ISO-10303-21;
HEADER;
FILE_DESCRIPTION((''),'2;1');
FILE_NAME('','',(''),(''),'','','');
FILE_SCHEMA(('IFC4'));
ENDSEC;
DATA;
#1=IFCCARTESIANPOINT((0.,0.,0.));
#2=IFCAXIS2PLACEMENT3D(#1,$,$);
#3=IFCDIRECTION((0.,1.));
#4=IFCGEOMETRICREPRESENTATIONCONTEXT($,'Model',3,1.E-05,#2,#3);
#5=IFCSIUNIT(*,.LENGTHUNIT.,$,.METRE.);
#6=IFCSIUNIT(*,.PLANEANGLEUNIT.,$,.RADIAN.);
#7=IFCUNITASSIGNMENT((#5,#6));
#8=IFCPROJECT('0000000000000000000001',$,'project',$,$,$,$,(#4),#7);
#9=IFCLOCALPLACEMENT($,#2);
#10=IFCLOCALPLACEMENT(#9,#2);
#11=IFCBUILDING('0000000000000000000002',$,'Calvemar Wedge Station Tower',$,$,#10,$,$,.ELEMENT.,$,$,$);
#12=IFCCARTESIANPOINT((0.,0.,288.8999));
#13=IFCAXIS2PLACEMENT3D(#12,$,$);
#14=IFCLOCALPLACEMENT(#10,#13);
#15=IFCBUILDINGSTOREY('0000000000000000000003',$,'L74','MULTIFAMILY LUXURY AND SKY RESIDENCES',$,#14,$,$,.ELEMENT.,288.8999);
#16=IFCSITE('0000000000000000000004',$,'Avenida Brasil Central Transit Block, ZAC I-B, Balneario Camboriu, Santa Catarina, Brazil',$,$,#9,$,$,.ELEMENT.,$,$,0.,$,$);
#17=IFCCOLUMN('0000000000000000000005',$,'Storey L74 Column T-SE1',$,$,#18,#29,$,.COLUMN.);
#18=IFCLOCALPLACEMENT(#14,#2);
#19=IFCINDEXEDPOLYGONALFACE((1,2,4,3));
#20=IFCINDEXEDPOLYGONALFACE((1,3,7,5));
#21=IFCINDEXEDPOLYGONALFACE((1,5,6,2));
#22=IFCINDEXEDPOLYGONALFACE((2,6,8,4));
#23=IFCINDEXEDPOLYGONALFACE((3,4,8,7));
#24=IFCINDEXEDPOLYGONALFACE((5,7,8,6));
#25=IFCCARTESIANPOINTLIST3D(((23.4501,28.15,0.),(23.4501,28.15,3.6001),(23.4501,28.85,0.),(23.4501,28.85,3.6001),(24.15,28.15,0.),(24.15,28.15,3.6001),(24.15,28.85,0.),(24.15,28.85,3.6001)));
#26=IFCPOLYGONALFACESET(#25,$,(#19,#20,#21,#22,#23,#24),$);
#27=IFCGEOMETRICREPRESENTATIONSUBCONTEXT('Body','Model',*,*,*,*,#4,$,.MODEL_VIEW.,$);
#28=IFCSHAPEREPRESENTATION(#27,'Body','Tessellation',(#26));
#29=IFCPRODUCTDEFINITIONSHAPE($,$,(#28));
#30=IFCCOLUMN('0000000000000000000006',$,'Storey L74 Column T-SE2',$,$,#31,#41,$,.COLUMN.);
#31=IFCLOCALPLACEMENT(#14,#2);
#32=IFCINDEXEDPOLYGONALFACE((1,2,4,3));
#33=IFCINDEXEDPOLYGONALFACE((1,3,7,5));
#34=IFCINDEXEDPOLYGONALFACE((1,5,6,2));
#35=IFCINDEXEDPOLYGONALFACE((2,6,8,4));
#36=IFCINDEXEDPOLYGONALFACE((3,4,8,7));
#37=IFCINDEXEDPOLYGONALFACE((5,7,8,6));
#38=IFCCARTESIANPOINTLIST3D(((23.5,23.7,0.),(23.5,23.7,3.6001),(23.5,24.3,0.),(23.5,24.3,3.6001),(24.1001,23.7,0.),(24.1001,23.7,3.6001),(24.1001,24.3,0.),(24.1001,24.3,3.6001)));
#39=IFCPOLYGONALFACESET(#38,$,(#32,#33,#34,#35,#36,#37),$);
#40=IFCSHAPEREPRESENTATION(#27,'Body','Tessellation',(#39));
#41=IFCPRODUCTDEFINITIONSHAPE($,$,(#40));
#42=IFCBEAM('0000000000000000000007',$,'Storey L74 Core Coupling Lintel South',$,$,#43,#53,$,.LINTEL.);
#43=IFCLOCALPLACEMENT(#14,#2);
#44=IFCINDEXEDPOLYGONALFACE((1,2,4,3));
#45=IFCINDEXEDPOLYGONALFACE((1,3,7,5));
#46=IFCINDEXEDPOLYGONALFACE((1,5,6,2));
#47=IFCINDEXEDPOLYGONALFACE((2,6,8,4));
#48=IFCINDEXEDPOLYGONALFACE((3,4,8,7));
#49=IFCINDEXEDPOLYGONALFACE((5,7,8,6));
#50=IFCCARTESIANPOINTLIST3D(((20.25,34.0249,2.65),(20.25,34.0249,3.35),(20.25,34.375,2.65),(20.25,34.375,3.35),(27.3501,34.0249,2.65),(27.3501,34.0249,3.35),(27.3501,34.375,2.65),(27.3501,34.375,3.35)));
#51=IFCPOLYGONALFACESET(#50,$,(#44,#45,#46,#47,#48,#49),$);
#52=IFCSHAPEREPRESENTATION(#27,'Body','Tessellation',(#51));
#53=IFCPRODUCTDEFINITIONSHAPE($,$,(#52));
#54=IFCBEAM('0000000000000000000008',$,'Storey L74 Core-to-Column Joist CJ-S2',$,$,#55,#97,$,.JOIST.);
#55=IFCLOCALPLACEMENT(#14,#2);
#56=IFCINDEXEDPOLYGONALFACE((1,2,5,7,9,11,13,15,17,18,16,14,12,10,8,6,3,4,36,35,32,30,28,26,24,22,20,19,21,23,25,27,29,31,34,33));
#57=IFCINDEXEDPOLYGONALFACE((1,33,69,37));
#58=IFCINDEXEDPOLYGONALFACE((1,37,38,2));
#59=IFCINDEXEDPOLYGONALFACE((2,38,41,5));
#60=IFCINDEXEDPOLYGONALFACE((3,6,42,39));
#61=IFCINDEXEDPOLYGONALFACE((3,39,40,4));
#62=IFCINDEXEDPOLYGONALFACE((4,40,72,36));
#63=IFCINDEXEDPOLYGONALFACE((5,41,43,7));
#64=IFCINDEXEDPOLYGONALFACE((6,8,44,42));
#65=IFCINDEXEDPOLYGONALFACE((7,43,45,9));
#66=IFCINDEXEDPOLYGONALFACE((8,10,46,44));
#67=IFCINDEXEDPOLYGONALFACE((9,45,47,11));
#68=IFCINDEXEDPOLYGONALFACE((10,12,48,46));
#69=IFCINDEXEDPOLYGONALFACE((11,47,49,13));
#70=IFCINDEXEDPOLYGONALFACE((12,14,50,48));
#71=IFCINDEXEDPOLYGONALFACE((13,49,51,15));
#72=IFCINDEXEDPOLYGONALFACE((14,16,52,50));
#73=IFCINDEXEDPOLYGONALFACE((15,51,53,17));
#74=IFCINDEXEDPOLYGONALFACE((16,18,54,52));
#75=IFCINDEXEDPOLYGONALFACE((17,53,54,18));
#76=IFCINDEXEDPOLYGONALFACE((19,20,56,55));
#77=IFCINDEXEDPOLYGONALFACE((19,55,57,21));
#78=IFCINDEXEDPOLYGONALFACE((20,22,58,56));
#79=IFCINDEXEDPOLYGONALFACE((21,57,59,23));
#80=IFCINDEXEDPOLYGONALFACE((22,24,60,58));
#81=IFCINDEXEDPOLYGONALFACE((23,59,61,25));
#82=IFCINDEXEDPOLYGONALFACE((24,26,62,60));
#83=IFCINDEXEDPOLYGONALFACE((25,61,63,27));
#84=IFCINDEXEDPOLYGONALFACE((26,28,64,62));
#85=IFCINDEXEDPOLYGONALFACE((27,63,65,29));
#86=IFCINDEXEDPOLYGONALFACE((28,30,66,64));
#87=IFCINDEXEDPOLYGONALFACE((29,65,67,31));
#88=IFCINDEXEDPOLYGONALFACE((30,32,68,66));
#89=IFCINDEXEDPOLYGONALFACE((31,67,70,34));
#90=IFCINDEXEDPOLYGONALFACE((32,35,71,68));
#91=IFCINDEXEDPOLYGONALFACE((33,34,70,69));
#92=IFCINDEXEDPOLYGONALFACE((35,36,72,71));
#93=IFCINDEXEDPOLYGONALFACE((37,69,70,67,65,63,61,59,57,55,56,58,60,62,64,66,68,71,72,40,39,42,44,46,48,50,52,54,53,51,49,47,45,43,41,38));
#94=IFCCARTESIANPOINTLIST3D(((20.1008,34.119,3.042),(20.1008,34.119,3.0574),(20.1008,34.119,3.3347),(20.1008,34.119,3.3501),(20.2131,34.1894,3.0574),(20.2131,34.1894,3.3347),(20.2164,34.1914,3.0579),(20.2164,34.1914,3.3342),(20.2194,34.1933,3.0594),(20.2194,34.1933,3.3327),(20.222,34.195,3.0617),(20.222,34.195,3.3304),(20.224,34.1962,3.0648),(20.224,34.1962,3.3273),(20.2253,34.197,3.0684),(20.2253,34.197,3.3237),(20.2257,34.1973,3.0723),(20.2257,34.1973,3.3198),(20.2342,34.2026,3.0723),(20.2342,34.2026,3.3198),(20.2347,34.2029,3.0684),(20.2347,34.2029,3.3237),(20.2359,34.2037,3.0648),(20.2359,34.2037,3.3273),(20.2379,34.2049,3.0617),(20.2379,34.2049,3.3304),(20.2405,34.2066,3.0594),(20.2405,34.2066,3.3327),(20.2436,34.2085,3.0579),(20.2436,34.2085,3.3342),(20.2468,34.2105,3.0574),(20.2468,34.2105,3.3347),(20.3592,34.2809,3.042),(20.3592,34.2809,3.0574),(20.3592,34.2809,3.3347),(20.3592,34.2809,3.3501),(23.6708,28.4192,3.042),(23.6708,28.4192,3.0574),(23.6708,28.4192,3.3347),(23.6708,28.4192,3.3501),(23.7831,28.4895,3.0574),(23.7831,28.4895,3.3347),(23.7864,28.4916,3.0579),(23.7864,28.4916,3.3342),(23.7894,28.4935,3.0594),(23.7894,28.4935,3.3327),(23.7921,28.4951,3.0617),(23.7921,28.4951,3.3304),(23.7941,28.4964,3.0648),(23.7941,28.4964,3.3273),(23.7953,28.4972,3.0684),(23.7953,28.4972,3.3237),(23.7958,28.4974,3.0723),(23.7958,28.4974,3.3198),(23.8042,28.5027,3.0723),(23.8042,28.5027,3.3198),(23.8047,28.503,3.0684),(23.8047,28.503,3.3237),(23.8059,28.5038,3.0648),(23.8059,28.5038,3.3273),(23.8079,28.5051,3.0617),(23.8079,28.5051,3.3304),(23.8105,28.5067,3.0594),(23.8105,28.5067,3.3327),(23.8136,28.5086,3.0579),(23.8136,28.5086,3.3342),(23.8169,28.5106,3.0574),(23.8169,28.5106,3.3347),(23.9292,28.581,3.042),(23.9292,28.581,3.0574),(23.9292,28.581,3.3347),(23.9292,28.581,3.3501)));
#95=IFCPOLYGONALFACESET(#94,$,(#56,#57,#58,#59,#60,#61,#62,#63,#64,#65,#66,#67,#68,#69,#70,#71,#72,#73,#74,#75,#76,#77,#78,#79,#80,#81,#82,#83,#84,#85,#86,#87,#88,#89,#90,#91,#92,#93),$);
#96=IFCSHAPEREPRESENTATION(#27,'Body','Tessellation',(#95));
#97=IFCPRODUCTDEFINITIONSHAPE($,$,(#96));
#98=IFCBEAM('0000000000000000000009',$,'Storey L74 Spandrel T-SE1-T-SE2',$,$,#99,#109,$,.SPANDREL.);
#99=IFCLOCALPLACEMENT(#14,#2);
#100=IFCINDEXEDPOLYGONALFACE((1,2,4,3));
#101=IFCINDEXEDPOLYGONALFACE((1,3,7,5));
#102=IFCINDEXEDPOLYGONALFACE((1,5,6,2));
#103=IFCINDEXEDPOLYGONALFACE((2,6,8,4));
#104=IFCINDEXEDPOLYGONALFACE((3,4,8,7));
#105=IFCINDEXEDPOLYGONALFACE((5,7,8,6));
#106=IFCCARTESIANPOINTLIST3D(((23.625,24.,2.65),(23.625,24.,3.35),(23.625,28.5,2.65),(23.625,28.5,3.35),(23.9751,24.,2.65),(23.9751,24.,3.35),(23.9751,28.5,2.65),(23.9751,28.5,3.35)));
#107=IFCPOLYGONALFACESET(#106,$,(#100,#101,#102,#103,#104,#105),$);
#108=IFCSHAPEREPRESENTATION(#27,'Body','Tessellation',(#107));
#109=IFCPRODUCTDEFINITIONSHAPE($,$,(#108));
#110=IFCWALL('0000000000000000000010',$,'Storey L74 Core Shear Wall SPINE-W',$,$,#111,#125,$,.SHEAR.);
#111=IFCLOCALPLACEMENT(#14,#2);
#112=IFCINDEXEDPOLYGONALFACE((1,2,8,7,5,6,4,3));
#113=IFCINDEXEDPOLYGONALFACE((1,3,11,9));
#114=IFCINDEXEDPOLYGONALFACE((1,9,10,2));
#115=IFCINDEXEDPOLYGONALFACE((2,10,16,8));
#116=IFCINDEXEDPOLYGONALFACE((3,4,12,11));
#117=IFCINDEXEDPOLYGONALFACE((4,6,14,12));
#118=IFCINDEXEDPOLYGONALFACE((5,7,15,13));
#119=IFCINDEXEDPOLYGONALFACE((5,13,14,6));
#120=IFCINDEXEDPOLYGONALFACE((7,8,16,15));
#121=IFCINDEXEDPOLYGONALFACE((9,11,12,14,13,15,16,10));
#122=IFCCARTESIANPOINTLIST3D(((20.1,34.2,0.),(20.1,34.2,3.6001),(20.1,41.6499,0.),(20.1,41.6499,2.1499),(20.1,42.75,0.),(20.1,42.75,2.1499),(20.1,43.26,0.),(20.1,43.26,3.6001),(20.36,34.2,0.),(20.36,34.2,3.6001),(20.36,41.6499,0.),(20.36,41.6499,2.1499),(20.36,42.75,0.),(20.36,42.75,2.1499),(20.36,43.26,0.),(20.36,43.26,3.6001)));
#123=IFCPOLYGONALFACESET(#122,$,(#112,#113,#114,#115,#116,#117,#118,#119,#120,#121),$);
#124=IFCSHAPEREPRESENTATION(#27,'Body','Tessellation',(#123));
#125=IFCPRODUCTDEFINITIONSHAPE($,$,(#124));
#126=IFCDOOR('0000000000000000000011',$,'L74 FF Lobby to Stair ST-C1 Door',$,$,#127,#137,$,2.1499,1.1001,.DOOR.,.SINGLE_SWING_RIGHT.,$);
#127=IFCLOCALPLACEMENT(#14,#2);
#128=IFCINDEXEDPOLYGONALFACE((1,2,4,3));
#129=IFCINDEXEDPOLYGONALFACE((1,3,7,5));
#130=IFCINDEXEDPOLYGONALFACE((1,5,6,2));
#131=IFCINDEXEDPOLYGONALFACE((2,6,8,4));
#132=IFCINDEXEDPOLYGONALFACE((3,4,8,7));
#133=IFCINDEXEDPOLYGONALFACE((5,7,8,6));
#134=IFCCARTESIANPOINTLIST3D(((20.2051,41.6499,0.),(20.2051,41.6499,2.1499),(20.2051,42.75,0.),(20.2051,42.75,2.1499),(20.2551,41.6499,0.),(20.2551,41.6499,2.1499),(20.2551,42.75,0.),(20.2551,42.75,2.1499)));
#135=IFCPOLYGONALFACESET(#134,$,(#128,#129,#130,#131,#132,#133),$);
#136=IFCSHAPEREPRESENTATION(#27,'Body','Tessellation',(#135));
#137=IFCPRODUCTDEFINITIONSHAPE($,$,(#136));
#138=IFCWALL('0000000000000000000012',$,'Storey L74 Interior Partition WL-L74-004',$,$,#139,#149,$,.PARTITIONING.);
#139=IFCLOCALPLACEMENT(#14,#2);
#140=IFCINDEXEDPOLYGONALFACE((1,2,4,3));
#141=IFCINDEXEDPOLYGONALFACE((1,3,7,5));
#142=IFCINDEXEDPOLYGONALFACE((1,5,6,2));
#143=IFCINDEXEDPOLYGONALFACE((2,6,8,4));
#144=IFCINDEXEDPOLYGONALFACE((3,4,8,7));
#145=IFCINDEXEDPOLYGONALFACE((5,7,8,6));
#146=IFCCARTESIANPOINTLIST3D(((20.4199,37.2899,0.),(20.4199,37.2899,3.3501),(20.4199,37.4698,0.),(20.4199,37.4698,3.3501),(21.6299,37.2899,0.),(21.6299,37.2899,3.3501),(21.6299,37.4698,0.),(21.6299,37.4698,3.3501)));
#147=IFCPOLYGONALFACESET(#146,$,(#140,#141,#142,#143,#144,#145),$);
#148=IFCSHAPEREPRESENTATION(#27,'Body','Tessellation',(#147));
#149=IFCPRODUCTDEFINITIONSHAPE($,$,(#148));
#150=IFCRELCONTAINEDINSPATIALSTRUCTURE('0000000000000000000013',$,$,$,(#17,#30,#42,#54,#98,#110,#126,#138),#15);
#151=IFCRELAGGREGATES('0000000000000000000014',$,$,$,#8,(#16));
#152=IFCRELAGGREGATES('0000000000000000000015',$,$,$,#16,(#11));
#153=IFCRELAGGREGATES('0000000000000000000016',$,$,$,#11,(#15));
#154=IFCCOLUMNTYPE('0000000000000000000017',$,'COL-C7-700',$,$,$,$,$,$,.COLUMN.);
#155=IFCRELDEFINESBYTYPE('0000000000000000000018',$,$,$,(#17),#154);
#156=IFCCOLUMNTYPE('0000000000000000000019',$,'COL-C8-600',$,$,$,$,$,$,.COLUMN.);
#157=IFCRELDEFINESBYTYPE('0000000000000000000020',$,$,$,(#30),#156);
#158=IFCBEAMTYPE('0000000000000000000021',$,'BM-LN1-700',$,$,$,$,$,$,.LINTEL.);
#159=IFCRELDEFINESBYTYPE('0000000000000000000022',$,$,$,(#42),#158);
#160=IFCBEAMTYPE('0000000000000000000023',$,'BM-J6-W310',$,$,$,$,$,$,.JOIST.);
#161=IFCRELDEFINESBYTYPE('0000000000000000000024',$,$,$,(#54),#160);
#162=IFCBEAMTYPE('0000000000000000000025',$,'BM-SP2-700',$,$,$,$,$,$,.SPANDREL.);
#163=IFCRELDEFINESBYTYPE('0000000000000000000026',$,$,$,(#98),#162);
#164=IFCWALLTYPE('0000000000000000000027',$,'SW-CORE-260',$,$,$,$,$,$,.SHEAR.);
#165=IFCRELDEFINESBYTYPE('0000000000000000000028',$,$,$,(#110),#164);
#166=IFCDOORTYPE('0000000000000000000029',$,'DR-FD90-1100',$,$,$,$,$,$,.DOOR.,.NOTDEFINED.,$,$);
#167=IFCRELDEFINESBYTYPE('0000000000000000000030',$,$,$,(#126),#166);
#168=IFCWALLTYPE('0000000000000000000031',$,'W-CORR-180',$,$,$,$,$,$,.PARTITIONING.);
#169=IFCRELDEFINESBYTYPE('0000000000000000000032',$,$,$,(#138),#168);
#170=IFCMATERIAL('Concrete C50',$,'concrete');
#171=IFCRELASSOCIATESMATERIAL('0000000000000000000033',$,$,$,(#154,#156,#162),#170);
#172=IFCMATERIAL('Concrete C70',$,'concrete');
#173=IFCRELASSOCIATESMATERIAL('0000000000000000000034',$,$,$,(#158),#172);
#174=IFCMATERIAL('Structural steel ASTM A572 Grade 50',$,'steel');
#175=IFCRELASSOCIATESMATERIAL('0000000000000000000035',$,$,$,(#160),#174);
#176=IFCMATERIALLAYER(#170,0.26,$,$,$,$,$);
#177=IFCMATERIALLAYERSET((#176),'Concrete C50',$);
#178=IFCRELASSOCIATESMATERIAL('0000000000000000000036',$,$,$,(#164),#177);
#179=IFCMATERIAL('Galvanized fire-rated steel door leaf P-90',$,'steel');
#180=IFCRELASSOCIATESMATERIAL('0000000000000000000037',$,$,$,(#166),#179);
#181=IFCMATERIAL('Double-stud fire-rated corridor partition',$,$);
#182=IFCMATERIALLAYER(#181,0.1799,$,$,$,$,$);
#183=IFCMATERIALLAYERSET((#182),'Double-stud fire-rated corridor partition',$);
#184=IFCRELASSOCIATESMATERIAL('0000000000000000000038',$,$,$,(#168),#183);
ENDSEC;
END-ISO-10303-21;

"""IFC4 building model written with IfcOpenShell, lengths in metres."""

from ifc_helpers import new_model, si_unit, direction, frame, frame_2d, origin, origin_2d, place, context, subcontext, project, spatial, rectangle, i_section, extrude, source, transform, mapped, material, layer, layer_set, material_profile, profile_set, type_object, element, fill, save


model = new_model("IFC4")

# Units and contexts
model_context = context("Model", 3, precision=1e-05, world=origin(), true_north=direction((0.0, 1.0)))
body_context = subcontext(model_context, "Body", "Model", "MODEL_VIEW")
ifc_project = project(units=[si_unit("LENGTHUNIT", "METRE"), si_unit("PLANEANGLEUNIT", "RADIAN")], contexts=[model_context])

# Site, building, storey
site_placement = place(None, origin())
site = spatial("IfcSite", under=ifc_project, at=site_placement, Name="Avenida Brasil Central Transit Block, ZAC I-B, Balneario Camboriu, Santa Catarina, Brazil", CompositionType="ELEMENT", RefElevation=0.0)
building_placement = place(site_placement, origin())
building = spatial("IfcBuilding", under=site, at=building_placement, Name="Calvemar Wedge Station Tower", CompositionType="ELEMENT")
storey_placement = place(building_placement, frame((0.0, 0.0, 288.8999)))
storey = spatial("IfcBuildingStorey", under=building, at=storey_placement, Name="L74", Description="MULTIFAMILY LUXURY AND SKY RESIDENCES", CompositionType="ELEMENT", Elevation=288.8999)

# Columns
ifc_material_1 = material(Name="Concrete C50", Category="concrete")
ifc_material_profile_1 = material_profile(ifc_material_1, rectangle(XDim=0.7, YDim=0.7, at=origin_2d()), Name="RC700x700")
ifc_profile_set_1 = profile_set([ifc_material_profile_1], Name="Concrete C50")
column_type_1 = type_object("IfcColumnType", Name="COL-C7-700", PredefinedType="COLUMN", material=ifc_profile_set_1)
shared_shape_1 = source(origin(), body_context, "Body", "SweptSolid", [
    extrude(rectangle(XDim=0.7, YDim=0.7, at=origin_2d()), origin(), (0.0, 0.0, 1.0), 3.6001),
])
column_1_placement = place(storey_placement, frame((23.8, 28.5, 0.0), z_axis=(0.0, 0.0, 1.0), x_axis=(1.0, 0.0, 0.0)))
element("IfcColumn", 1, at=column_1_placement, inside=storey, type_object=column_type_1, Name="Storey L74 Column T-SE1", PredefinedType="COLUMN", context=body_context, shape_type="MappedRepresentation", body=[
    mapped(shared_shape_1, transform((0.0, 0.0, 0.0), scale=1.0)),
])
ifc_material_profile_2 = material_profile(ifc_material_1, rectangle(XDim=0.6001, YDim=0.6001, at=origin_2d()), Name="RC600x600")
ifc_profile_set_2 = profile_set([ifc_material_profile_2], Name="Concrete C50")
column_type_2 = type_object("IfcColumnType", Name="COL-C8-600", PredefinedType="COLUMN", material=ifc_profile_set_2)
shared_shape_2 = source(origin(), body_context, "Body", "SweptSolid", [
    extrude(rectangle(XDim=0.6001, YDim=0.6001, at=origin_2d()), origin(), (0.0, 0.0, 1.0), 3.6001),
])
column_2_placement = place(storey_placement, frame((23.8, 24.0, 0.0), z_axis=(0.0, 0.0, 1.0), x_axis=(1.0, 0.0, 0.0)))
element("IfcColumn", 2, at=column_2_placement, inside=storey, type_object=column_type_2, Name="Storey L74 Column T-SE2", PredefinedType="COLUMN", context=body_context, shape_type="MappedRepresentation", body=[
    mapped(shared_shape_2, transform((0.0, 0.0, 0.0), scale=1.0)),
])

# Beams
ifc_material_2 = material(Name="Concrete C70", Category="concrete")
ifc_material_profile_3 = material_profile(ifc_material_2, rectangle(XDim=0.3501, YDim=0.7, at=origin_2d()), Name="RC350x700")
ifc_profile_set_3 = profile_set([ifc_material_profile_3], Name="Concrete C70")
beam_type_1 = type_object("IfcBeamType", Name="BM-LN1-700", PredefinedType="LINTEL", material=ifc_profile_set_3)
shared_shape_3 = source(origin(), body_context, "Body", "SweptSolid", [
    extrude(rectangle(XDim=0.3501, YDim=0.7, at=origin_2d()), origin(), (0.0, 0.0, 1.0), 7.1001),
])
beam_1_placement = place(storey_placement, frame((20.25, 34.2, 3.0), z_axis=(1.0, 0.0, 0.0), x_axis=(0.0, 1.0, 0.0)))
element("IfcBeam", 3, at=beam_1_placement, inside=storey, type_object=beam_type_1, Name="Storey L74 Core Coupling Lintel South", PredefinedType="LINTEL", context=body_context, shape_type="MappedRepresentation", body=[
    mapped(shared_shape_3, transform((0.0, 0.0, 0.0), scale=1.0)),
])
ifc_material_3 = material(Name="Structural steel ASTM A572 Grade 50", Category="steel")
ifc_material_profile_4 = material_profile(ifc_material_3, i_section(OverallWidth=0.3049, OverallDepth=0.3081, WebThickness=0.01, FlangeThickness=0.0154, FilletRadius=0.0149, at=origin_2d()), Name="W310x97")
ifc_profile_set_4 = profile_set([ifc_material_profile_4], Name="Structural steel ASTM A572 Grade 50")
beam_type_2 = type_object("IfcBeamType", Name="BM-J6-W310", PredefinedType="JOIST", material=ifc_profile_set_4)
shared_shape_4 = source(origin(), body_context, "Body", "SweptSolid", [
    extrude(i_section(OverallWidth=0.3049, OverallDepth=0.3081, WebThickness=0.01, FlangeThickness=0.0154, FilletRadius=0.0149, at=origin_2d()), origin(), (0.0, 0.0, 1.0), 6.7256),
])
beam_2_placement = place(storey_placement, frame((20.23, 34.2, 3.196), z_axis=(0.530811, -0.84749, 0.0), x_axis=(0.84749, 0.530811, 0.0)))
element("IfcBeam", 4, at=beam_2_placement, inside=storey, type_object=beam_type_2, Name="Storey L74 Core-to-Column Joist CJ-S2", PredefinedType="JOIST", context=body_context, shape_type="MappedRepresentation", body=[
    mapped(shared_shape_4, transform((0.0, 0.0, 0.0), scale=1.0)),
])
ifc_material_profile_5 = material_profile(ifc_material_1, rectangle(XDim=0.3501, YDim=0.7, at=origin_2d()), Name="RC350x700")
ifc_profile_set_5 = profile_set([ifc_material_profile_5], Name="Concrete C50")
beam_type_3 = type_object("IfcBeamType", Name="BM-SP2-700", PredefinedType="SPANDREL", material=ifc_profile_set_5)
shared_shape_5 = source(origin(), body_context, "Body", "SweptSolid", [
    extrude(rectangle(XDim=0.3501, YDim=0.7, at=origin_2d()), origin(), (0.0, 0.0, 1.0), 4.5),
])
beam_3_placement = place(storey_placement, frame((23.8, 28.5, 3.0), z_axis=(0.0, -1.0, 0.0), x_axis=(1.0, 0.0, 0.0)))
element("IfcBeam", 5, at=beam_3_placement, inside=storey, type_object=beam_type_3, Name="Storey L74 Spandrel T-SE1-T-SE2", PredefinedType="SPANDREL", context=body_context, shape_type="MappedRepresentation", body=[
    mapped(shared_shape_5, transform((0.0, 0.0, 0.0), scale=1.0)),
])

# Wall, opening, door
ifc_layer_1 = layer(ifc_material_1, 0.26)
ifc_layer_set_1 = layer_set([ifc_layer_1], Name="Concrete C50")
wall_type_1 = type_object("IfcWallType", Name="SW-CORE-260", PredefinedType="SHEAR", material=ifc_layer_set_1)
wall_1_placement = place(storey_placement, frame((20.23, 34.2, 0.0), z_axis=(0.0, 0.0, 1.0), x_axis=(0.0, 1.0, 0.0)))
wall_1 = element("IfcWall", 6, at=wall_1_placement, inside=storey, type_object=wall_type_1, Name="Storey L74 Core Shear Wall SPINE-W", PredefinedType="SHEAR", context=body_context, shape_type="SweptSolid", body=[
    extrude(rectangle(XDim=9.0601, YDim=0.26, at=frame_2d((4.53, 0.0))), origin(), (0.0, 0.0, 1.0), 3.6001),
])
shared_shape_6 = source(origin(), body_context, "Body", "SweptSolid", [
    extrude(rectangle(XDim=1.1001, YDim=2.1499, at=frame_2d((0.55, 1.075))), frame((0.0, 0.1401, 0.0), z_axis=(0.0, -1.0, 0.0), x_axis=(1.0, 0.0, 0.0)), (0.0, 0.0, 1.0), 0.28),
])
opening_1_placement = place(wall_1_placement, frame((7.45, 0.0, 0.0)))
opening_1 = element("IfcOpeningElement", 7, at=opening_1_placement, cuts=wall_1, PredefinedType="OPENING", context=body_context, shape_type="MappedRepresentation", body=[
    mapped(shared_shape_6, transform((0.0, 0.0, 0.0), scale=1.0)),
])
ifc_material_4 = material(Name="Galvanized fire-rated steel door leaf P-90", Category="steel")
door_type_1 = type_object("IfcDoorType", Name="DR-FD90-1100", OperationType="NOTDEFINED", PredefinedType="DOOR", material=ifc_material_4)
shared_shape_7 = source(origin(), body_context, "Body", "SweptSolid", [
    extrude(rectangle(XDim=1.1001, YDim=2.1499, at=frame_2d((0.55, 1.075))), frame((0.0, 0.0249, 0.0), z_axis=(0.0, -1.0, 0.0), x_axis=(1.0, 0.0, 0.0)), (0.0, 0.0, 1.0), 0.05),
])
door_1_placement = place(opening_1_placement, origin())
door_1 = element("IfcDoor", 8, at=door_1_placement, inside=storey, type_object=door_type_1, Name="L74 FF Lobby to Stair ST-C1 Door", OperationType="SINGLE_SWING_RIGHT", OverallHeight=2.1499, OverallWidth=1.1001, PredefinedType="DOOR", context=body_context, shape_type="MappedRepresentation", body=[
    mapped(shared_shape_7, transform((0.0, 0.0, 0.0), scale=1.0)),
])
fill(opening_1, door_1)

# Wall
ifc_material_5 = material(Name="Double-stud fire-rated corridor partition")
ifc_layer_2 = layer(ifc_material_5, 0.1799)
ifc_layer_set_2 = layer_set([ifc_layer_2], Name="Double-stud fire-rated corridor partition")
wall_type_2 = type_object("IfcWallType", Name="W-CORR-180", PredefinedType="PARTITIONING", material=ifc_layer_set_2)
wall_2_placement = place(storey_placement, frame((21.6299, 37.3799, 0.0), z_axis=(0.0, 0.0, 1.0), x_axis=(-1.0, 0.0, 0.0)))
element("IfcWall", 9, at=wall_2_placement, inside=storey, type_object=wall_type_2, Name="Storey L74 Interior Partition WL-L74-004", PredefinedType="PARTITIONING", context=body_context, shape_type="SweptSolid", body=[
    extrude(rectangle(XDim=1.21, YDim=0.1799, at=frame_2d((0.605, 0.0))), origin(), (0.0, 0.0, 1.0), 3.3501),
])

save(model, "model.ifc")
